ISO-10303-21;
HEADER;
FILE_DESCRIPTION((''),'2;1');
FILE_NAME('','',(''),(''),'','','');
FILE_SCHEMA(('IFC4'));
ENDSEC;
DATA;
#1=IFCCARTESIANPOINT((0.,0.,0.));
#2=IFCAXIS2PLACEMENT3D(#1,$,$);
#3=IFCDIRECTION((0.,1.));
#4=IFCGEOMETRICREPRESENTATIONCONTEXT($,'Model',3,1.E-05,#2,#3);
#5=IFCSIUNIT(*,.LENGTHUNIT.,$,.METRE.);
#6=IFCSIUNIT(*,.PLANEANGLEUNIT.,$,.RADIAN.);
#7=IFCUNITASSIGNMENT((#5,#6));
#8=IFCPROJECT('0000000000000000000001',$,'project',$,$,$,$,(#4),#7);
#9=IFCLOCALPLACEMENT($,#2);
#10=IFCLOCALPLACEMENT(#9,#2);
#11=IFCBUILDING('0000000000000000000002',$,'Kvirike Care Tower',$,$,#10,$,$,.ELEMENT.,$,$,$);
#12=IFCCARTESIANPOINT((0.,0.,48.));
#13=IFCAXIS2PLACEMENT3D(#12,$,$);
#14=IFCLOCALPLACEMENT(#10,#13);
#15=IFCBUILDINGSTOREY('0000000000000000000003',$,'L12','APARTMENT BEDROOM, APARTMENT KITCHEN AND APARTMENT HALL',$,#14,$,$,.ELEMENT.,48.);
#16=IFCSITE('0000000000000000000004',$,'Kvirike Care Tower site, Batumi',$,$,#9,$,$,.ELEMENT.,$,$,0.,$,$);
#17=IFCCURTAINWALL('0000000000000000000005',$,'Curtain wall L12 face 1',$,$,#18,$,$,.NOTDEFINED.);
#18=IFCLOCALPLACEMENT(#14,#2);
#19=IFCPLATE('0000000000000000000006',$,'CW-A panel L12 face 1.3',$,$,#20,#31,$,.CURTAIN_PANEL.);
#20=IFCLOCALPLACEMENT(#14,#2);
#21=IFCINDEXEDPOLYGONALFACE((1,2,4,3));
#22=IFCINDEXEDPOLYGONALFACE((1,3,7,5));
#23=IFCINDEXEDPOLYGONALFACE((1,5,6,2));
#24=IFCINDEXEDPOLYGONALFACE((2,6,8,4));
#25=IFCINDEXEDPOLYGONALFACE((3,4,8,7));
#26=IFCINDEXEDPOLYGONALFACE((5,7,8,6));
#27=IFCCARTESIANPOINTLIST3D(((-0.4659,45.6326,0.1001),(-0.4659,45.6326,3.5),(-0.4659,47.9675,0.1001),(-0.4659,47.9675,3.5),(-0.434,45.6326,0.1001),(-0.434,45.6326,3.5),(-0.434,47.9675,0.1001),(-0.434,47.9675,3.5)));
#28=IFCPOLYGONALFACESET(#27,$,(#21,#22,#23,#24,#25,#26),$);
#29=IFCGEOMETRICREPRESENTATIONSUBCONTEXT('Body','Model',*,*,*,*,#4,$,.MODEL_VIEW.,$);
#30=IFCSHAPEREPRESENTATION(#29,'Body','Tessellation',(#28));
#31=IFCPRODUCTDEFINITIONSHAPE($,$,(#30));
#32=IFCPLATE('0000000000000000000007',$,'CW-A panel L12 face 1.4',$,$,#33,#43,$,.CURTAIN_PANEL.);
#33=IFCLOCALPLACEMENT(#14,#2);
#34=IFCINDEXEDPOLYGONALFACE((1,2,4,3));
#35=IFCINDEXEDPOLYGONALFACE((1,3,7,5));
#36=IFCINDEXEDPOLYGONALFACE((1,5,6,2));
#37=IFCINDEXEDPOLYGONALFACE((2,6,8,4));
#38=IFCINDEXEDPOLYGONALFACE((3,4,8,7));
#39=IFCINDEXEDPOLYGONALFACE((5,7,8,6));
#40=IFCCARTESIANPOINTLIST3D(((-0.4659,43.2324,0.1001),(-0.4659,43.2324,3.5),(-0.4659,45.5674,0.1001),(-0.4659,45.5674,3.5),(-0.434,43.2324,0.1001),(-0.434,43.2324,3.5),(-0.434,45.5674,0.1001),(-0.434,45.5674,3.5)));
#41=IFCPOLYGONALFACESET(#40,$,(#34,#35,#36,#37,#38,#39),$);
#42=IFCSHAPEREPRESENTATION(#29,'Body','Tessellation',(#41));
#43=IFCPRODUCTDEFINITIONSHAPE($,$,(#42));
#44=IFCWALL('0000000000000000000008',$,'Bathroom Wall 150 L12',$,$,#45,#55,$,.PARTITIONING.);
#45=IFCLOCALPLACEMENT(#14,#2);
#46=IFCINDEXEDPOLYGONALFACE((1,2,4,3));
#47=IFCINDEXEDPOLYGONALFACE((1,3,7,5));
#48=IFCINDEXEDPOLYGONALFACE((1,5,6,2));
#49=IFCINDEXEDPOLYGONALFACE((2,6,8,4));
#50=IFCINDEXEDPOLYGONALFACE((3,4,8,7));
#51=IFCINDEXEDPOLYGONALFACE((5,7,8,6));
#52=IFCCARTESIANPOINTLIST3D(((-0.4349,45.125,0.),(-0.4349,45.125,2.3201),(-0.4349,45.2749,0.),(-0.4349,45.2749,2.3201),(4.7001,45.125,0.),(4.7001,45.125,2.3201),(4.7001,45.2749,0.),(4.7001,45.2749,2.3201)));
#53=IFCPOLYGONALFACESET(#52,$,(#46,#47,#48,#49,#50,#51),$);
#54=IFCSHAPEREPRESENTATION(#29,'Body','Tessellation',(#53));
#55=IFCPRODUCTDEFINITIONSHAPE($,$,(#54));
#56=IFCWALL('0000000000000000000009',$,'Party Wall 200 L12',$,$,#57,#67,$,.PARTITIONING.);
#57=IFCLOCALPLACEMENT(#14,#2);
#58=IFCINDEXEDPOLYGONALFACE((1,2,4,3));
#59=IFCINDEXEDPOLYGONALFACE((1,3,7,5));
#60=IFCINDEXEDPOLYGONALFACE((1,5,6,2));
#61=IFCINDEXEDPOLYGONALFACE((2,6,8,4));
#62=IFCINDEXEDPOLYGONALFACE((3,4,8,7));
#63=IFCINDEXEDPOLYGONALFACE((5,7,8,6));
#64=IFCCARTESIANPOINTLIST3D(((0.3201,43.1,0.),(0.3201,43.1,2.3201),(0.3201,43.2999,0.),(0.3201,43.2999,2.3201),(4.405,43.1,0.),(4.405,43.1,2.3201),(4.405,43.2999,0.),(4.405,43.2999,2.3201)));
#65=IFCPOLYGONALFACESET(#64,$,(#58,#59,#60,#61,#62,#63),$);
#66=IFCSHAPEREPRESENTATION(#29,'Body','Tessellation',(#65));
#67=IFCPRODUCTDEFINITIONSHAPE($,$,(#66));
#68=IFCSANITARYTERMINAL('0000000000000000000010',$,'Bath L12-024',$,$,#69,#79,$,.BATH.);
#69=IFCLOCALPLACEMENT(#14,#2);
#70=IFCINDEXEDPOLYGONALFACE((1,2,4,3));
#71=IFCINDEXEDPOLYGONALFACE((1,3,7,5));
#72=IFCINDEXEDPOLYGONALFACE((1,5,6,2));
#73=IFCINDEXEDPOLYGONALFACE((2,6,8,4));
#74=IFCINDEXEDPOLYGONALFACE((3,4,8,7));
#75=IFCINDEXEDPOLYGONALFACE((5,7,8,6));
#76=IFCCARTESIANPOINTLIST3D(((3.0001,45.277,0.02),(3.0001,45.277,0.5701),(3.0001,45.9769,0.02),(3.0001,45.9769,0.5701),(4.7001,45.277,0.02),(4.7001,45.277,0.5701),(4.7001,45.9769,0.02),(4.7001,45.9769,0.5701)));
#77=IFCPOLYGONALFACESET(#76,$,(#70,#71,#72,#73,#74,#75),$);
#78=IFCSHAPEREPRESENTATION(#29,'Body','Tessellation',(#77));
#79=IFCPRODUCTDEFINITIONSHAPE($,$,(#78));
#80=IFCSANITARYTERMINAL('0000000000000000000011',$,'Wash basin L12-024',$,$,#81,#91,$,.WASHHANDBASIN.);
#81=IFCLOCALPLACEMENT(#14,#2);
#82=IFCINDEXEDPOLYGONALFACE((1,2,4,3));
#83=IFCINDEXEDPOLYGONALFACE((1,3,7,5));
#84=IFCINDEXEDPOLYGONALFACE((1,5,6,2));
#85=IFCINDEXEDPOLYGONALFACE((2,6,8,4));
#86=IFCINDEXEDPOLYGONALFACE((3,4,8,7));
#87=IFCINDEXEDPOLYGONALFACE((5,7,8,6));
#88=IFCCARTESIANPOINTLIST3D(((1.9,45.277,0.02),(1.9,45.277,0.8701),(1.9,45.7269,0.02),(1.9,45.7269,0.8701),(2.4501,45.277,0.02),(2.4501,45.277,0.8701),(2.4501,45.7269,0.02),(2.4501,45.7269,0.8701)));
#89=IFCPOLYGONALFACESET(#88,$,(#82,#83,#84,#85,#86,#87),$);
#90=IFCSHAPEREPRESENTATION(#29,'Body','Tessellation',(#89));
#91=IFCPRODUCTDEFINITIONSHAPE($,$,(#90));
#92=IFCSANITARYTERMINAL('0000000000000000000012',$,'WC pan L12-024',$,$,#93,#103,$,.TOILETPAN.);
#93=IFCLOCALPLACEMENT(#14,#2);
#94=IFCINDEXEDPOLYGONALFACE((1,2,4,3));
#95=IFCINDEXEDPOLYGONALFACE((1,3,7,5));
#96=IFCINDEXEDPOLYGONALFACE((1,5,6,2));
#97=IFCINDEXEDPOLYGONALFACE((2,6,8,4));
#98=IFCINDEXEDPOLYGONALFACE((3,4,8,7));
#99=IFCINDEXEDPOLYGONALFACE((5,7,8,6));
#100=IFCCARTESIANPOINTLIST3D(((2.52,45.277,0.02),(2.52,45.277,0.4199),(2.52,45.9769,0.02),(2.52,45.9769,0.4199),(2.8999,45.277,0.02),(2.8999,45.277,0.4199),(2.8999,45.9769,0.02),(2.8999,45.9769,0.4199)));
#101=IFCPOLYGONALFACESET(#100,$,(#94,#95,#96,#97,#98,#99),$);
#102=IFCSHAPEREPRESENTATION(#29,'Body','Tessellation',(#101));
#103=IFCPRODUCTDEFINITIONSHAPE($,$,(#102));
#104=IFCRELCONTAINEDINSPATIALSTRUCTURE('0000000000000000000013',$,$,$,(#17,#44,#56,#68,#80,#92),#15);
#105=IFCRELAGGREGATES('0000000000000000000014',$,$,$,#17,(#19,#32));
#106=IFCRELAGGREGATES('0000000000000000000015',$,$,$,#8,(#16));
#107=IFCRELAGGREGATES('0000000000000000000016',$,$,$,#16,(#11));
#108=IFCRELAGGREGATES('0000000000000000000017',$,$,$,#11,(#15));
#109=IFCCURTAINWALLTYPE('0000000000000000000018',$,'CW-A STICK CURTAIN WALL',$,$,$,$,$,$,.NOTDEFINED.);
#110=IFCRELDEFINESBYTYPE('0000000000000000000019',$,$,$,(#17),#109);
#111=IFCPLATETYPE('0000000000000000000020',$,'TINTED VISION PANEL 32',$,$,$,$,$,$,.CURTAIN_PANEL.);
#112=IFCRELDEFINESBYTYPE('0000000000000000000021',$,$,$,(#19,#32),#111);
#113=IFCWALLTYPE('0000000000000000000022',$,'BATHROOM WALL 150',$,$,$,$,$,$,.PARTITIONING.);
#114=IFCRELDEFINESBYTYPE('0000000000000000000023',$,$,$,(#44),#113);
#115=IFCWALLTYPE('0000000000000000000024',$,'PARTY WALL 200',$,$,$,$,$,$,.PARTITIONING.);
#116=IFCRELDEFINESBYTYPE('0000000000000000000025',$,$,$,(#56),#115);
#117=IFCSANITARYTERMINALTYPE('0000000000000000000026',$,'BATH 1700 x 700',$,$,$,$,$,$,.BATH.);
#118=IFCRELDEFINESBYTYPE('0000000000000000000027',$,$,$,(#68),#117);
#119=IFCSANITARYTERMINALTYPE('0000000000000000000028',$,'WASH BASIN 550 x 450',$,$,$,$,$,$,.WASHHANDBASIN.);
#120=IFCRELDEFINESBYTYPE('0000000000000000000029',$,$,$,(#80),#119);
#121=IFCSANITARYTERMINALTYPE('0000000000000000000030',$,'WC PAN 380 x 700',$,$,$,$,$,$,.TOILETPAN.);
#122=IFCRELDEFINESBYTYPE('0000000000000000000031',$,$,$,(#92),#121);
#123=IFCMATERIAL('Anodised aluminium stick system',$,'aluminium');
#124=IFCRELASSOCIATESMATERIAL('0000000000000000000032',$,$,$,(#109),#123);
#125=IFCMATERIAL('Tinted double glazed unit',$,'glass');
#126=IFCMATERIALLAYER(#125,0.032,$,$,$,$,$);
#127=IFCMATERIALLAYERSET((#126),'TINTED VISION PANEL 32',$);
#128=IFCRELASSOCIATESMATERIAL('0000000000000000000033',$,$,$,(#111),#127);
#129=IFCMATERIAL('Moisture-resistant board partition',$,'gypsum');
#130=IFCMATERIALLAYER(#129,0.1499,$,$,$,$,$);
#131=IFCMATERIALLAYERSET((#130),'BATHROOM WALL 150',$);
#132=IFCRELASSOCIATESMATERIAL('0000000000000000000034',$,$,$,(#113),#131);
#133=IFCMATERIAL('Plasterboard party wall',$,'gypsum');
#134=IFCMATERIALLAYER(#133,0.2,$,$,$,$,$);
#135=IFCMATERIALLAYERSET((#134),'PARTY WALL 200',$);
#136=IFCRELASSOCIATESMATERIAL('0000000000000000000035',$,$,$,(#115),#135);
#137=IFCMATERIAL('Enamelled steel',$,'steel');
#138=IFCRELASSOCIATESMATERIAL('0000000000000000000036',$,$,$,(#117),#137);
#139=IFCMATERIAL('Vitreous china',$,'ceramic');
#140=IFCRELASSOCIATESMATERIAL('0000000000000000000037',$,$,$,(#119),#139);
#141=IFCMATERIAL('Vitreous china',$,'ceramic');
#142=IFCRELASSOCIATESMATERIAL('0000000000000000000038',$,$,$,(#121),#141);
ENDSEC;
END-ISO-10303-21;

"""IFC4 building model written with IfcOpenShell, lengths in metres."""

from ifc_helpers import new_model, si_unit, direction, frame, frame_2d, origin, origin_2d, place, context, subcontext, project, spatial, rectangle, extrude, material, layer, layer_set, type_object, element, aggregate, save


model = new_model("IFC4")

# Units and contexts
model_context = context("Model", 3, precision=1e-05, world=origin(), true_north=direction((0.0, 1.0)))
body_context = subcontext(model_context, "Body", "Model", "MODEL_VIEW")
ifc_project = project(units=[si_unit("LENGTHUNIT", "METRE"), si_unit("PLANEANGLEUNIT", "RADIAN")], contexts=[model_context])

# Site, building, storey
site_placement = place(None, origin())
site = spatial("IfcSite", under=ifc_project, at=site_placement, Name="Kvirike Care Tower site, Batumi", CompositionType="ELEMENT", RefElevation=0.0)
building_placement = place(site_placement, origin())
building = spatial("IfcBuilding", under=site, at=building_placement, Name="Kvirike Care Tower", CompositionType="ELEMENT")
storey_placement = place(building_placement, frame((0.0, 0.0, 48.0)))
storey = spatial("IfcBuildingStorey", under=building, at=storey_placement, Name="L12", Description="APARTMENT BEDROOM, APARTMENT KITCHEN AND APARTMENT HALL", CompositionType="ELEMENT", Elevation=48.0)

# Curtain wall
ifc_material_1 = material(Name="Anodised aluminium stick system", Category="aluminium")
curtain_wall_type = type_object("IfcCurtainWallType", Name="CW-A STICK CURTAIN WALL", PredefinedType="NOTDEFINED", material=ifc_material_1)
curtain_wall_placement = place(storey_placement, origin())
curtain_wall = element("IfcCurtainWall", 1, at=curtain_wall_placement, inside=storey, type_object=curtain_wall_type, Name="Curtain wall L12 face 1", PredefinedType="NOTDEFINED")

# Plates
ifc_material_2 = material(Name="Tinted double glazed unit", Category="glass")
ifc_layer_1 = layer(ifc_material_2, 0.032)
ifc_layer_set_1 = layer_set([ifc_layer_1], Name="TINTED VISION PANEL 32")
plate_type = type_object("IfcPlateType", Name="TINTED VISION PANEL 32", PredefinedType="CURTAIN_PANEL", material=ifc_layer_set_1)
plate_1_placement = place(storey_placement, frame((-0.45, 46.8, 0.1001), z_axis=(0.0, 0.0, 1.0), x_axis=(0.0, -1.0, 0.0)))
plate_1 = element("IfcPlate", 2, at=plate_1_placement, type_object=plate_type, Name="CW-A panel L12 face 1.3", PredefinedType="CURTAIN_PANEL", context=body_context, shape_type="SweptSolid", body=[
    extrude(rectangle(XDim=2.335, YDim=0.032, at=origin_2d()), origin(), (0.0, 0.0, 1.0), 3.3999),
])
plate_2_placement = place(storey_placement, frame((-0.45, 44.3999, 0.1001), z_axis=(0.0, 0.0, 1.0), x_axis=(0.0, -1.0, 0.0)))
plate_2 = element("IfcPlate", 3, at=plate_2_placement, type_object=plate_type, Name="CW-A panel L12 face 1.4", PredefinedType="CURTAIN_PANEL", context=body_context, shape_type="SweptSolid", body=[
    extrude(rectangle(XDim=2.335, YDim=0.032, at=origin_2d()), origin(), (0.0, 0.0, 1.0), 3.3999),
])
aggregate(curtain_wall, [plate_1, plate_2])

# Walls
ifc_material_3 = material(Name="Moisture-resistant board partition", Category="gypsum")
ifc_layer_2 = layer(ifc_material_3, 0.1499)
ifc_layer_set_2 = layer_set([ifc_layer_2], Name="BATHROOM WALL 150")
wall_type_1 = type_object("IfcWallType", Name="BATHROOM WALL 150", PredefinedType="PARTITIONING", material=ifc_layer_set_2)
wall_1_placement = place(storey_placement, frame((4.7, 45.2, 0.0), z_axis=(0.0, 0.0, 1.0), x_axis=(-1.0, 0.0, 0.0)))
element("IfcWall", 4, at=wall_1_placement, inside=storey, type_object=wall_type_1, Name="Bathroom Wall 150 L12", PredefinedType="PARTITIONING", context=body_context, shape_type="SweptSolid", body=[
    extrude(rectangle(XDim=5.135, YDim=0.1499, at=frame_2d((2.5674, 0.0))), origin(), (0.0, 0.0, 1.0), 2.3201),
])
ifc_material_4 = material(Name="Plasterboard party wall", Category="gypsum")
ifc_layer_3 = layer(ifc_material_4, 0.2)
ifc_layer_set_3 = layer_set([ifc_layer_3], Name="PARTY WALL 200")
wall_type_2 = type_object("IfcWallType", Name="PARTY WALL 200", PredefinedType="PARTITIONING", material=ifc_layer_set_3)
wall_2_placement = place(storey_placement, frame((4.405, 43.2, 0.0), z_axis=(0.0, 0.0, 1.0), x_axis=(-1.0, 0.0, 0.0)))
element("IfcWall", 5, at=wall_2_placement, inside=storey, type_object=wall_type_2, Name="Party Wall 200 L12", PredefinedType="PARTITIONING", context=body_context, shape_type="SweptSolid", body=[
    extrude(rectangle(XDim=4.085, YDim=0.2, at=frame_2d((2.0425, 0.0))), origin(), (0.0, 0.0, 1.0), 2.3201),
])

# Sanitary terminals
ifc_material_5 = material(Name="Enamelled steel", Category="steel")
sanitary_terminal_type_1 = type_object("IfcSanitaryTerminalType", Name="BATH 1700 x 700", PredefinedType="BATH", material=ifc_material_5)
sanitary_terminal_1_placement = place(storey_placement, frame((3.8501, 45.627, 0.02), z_axis=(0.0, 0.0, 1.0), x_axis=(-1.0, 0.0, 0.0)))
element("IfcSanitaryTerminal", 6, at=sanitary_terminal_1_placement, inside=storey, type_object=sanitary_terminal_type_1, Name="Bath L12-024", PredefinedType="BATH", context=body_context, shape_type="SweptSolid", body=[
    extrude(rectangle(XDim=1.7, YDim=0.7, at=origin_2d()), origin(), (0.0, 0.0, 1.0), 0.55),
])
ifc_material_6 = material(Name="Vitreous china", Category="ceramic")
sanitary_terminal_type_2 = type_object("IfcSanitaryTerminalType", Name="WASH BASIN 550 x 450", PredefinedType="WASHHANDBASIN", material=ifc_material_6)
sanitary_terminal_2_placement = place(storey_placement, frame((2.175, 45.502, 0.02), z_axis=(0.0, 0.0, 1.0), x_axis=(-1.0, 0.0, 0.0)))
element("IfcSanitaryTerminal", 7, at=sanitary_terminal_2_placement, inside=storey, type_object=sanitary_terminal_type_2, Name="Wash basin L12-024", PredefinedType="WASHHANDBASIN", context=body_context, shape_type="SweptSolid", body=[
    extrude(rectangle(XDim=0.55, YDim=0.45, at=origin_2d()), origin(), (0.0, 0.0, 1.0), 0.8501),
])
ifc_material_7 = material(Name="Vitreous china", Category="ceramic")
sanitary_terminal_type_3 = type_object("IfcSanitaryTerminalType", Name="WC PAN 380 x 700", PredefinedType="TOILETPAN", material=ifc_material_7)
sanitary_terminal_3_placement = place(storey_placement, frame((2.71, 45.627, 0.02), z_axis=(0.0, 0.0, 1.0), x_axis=(-1.0, 0.0, 0.0)))
element("IfcSanitaryTerminal", 8, at=sanitary_terminal_3_placement, inside=storey, type_object=sanitary_terminal_type_3, Name="WC pan L12-024", PredefinedType="TOILETPAN", context=body_context, shape_type="SweptSolid", body=[
    extrude(rectangle(XDim=0.3799, YDim=0.7, at=origin_2d()), origin(), (0.0, 0.0, 1.0), 0.3999),
])

save(model, "model.ifc")
